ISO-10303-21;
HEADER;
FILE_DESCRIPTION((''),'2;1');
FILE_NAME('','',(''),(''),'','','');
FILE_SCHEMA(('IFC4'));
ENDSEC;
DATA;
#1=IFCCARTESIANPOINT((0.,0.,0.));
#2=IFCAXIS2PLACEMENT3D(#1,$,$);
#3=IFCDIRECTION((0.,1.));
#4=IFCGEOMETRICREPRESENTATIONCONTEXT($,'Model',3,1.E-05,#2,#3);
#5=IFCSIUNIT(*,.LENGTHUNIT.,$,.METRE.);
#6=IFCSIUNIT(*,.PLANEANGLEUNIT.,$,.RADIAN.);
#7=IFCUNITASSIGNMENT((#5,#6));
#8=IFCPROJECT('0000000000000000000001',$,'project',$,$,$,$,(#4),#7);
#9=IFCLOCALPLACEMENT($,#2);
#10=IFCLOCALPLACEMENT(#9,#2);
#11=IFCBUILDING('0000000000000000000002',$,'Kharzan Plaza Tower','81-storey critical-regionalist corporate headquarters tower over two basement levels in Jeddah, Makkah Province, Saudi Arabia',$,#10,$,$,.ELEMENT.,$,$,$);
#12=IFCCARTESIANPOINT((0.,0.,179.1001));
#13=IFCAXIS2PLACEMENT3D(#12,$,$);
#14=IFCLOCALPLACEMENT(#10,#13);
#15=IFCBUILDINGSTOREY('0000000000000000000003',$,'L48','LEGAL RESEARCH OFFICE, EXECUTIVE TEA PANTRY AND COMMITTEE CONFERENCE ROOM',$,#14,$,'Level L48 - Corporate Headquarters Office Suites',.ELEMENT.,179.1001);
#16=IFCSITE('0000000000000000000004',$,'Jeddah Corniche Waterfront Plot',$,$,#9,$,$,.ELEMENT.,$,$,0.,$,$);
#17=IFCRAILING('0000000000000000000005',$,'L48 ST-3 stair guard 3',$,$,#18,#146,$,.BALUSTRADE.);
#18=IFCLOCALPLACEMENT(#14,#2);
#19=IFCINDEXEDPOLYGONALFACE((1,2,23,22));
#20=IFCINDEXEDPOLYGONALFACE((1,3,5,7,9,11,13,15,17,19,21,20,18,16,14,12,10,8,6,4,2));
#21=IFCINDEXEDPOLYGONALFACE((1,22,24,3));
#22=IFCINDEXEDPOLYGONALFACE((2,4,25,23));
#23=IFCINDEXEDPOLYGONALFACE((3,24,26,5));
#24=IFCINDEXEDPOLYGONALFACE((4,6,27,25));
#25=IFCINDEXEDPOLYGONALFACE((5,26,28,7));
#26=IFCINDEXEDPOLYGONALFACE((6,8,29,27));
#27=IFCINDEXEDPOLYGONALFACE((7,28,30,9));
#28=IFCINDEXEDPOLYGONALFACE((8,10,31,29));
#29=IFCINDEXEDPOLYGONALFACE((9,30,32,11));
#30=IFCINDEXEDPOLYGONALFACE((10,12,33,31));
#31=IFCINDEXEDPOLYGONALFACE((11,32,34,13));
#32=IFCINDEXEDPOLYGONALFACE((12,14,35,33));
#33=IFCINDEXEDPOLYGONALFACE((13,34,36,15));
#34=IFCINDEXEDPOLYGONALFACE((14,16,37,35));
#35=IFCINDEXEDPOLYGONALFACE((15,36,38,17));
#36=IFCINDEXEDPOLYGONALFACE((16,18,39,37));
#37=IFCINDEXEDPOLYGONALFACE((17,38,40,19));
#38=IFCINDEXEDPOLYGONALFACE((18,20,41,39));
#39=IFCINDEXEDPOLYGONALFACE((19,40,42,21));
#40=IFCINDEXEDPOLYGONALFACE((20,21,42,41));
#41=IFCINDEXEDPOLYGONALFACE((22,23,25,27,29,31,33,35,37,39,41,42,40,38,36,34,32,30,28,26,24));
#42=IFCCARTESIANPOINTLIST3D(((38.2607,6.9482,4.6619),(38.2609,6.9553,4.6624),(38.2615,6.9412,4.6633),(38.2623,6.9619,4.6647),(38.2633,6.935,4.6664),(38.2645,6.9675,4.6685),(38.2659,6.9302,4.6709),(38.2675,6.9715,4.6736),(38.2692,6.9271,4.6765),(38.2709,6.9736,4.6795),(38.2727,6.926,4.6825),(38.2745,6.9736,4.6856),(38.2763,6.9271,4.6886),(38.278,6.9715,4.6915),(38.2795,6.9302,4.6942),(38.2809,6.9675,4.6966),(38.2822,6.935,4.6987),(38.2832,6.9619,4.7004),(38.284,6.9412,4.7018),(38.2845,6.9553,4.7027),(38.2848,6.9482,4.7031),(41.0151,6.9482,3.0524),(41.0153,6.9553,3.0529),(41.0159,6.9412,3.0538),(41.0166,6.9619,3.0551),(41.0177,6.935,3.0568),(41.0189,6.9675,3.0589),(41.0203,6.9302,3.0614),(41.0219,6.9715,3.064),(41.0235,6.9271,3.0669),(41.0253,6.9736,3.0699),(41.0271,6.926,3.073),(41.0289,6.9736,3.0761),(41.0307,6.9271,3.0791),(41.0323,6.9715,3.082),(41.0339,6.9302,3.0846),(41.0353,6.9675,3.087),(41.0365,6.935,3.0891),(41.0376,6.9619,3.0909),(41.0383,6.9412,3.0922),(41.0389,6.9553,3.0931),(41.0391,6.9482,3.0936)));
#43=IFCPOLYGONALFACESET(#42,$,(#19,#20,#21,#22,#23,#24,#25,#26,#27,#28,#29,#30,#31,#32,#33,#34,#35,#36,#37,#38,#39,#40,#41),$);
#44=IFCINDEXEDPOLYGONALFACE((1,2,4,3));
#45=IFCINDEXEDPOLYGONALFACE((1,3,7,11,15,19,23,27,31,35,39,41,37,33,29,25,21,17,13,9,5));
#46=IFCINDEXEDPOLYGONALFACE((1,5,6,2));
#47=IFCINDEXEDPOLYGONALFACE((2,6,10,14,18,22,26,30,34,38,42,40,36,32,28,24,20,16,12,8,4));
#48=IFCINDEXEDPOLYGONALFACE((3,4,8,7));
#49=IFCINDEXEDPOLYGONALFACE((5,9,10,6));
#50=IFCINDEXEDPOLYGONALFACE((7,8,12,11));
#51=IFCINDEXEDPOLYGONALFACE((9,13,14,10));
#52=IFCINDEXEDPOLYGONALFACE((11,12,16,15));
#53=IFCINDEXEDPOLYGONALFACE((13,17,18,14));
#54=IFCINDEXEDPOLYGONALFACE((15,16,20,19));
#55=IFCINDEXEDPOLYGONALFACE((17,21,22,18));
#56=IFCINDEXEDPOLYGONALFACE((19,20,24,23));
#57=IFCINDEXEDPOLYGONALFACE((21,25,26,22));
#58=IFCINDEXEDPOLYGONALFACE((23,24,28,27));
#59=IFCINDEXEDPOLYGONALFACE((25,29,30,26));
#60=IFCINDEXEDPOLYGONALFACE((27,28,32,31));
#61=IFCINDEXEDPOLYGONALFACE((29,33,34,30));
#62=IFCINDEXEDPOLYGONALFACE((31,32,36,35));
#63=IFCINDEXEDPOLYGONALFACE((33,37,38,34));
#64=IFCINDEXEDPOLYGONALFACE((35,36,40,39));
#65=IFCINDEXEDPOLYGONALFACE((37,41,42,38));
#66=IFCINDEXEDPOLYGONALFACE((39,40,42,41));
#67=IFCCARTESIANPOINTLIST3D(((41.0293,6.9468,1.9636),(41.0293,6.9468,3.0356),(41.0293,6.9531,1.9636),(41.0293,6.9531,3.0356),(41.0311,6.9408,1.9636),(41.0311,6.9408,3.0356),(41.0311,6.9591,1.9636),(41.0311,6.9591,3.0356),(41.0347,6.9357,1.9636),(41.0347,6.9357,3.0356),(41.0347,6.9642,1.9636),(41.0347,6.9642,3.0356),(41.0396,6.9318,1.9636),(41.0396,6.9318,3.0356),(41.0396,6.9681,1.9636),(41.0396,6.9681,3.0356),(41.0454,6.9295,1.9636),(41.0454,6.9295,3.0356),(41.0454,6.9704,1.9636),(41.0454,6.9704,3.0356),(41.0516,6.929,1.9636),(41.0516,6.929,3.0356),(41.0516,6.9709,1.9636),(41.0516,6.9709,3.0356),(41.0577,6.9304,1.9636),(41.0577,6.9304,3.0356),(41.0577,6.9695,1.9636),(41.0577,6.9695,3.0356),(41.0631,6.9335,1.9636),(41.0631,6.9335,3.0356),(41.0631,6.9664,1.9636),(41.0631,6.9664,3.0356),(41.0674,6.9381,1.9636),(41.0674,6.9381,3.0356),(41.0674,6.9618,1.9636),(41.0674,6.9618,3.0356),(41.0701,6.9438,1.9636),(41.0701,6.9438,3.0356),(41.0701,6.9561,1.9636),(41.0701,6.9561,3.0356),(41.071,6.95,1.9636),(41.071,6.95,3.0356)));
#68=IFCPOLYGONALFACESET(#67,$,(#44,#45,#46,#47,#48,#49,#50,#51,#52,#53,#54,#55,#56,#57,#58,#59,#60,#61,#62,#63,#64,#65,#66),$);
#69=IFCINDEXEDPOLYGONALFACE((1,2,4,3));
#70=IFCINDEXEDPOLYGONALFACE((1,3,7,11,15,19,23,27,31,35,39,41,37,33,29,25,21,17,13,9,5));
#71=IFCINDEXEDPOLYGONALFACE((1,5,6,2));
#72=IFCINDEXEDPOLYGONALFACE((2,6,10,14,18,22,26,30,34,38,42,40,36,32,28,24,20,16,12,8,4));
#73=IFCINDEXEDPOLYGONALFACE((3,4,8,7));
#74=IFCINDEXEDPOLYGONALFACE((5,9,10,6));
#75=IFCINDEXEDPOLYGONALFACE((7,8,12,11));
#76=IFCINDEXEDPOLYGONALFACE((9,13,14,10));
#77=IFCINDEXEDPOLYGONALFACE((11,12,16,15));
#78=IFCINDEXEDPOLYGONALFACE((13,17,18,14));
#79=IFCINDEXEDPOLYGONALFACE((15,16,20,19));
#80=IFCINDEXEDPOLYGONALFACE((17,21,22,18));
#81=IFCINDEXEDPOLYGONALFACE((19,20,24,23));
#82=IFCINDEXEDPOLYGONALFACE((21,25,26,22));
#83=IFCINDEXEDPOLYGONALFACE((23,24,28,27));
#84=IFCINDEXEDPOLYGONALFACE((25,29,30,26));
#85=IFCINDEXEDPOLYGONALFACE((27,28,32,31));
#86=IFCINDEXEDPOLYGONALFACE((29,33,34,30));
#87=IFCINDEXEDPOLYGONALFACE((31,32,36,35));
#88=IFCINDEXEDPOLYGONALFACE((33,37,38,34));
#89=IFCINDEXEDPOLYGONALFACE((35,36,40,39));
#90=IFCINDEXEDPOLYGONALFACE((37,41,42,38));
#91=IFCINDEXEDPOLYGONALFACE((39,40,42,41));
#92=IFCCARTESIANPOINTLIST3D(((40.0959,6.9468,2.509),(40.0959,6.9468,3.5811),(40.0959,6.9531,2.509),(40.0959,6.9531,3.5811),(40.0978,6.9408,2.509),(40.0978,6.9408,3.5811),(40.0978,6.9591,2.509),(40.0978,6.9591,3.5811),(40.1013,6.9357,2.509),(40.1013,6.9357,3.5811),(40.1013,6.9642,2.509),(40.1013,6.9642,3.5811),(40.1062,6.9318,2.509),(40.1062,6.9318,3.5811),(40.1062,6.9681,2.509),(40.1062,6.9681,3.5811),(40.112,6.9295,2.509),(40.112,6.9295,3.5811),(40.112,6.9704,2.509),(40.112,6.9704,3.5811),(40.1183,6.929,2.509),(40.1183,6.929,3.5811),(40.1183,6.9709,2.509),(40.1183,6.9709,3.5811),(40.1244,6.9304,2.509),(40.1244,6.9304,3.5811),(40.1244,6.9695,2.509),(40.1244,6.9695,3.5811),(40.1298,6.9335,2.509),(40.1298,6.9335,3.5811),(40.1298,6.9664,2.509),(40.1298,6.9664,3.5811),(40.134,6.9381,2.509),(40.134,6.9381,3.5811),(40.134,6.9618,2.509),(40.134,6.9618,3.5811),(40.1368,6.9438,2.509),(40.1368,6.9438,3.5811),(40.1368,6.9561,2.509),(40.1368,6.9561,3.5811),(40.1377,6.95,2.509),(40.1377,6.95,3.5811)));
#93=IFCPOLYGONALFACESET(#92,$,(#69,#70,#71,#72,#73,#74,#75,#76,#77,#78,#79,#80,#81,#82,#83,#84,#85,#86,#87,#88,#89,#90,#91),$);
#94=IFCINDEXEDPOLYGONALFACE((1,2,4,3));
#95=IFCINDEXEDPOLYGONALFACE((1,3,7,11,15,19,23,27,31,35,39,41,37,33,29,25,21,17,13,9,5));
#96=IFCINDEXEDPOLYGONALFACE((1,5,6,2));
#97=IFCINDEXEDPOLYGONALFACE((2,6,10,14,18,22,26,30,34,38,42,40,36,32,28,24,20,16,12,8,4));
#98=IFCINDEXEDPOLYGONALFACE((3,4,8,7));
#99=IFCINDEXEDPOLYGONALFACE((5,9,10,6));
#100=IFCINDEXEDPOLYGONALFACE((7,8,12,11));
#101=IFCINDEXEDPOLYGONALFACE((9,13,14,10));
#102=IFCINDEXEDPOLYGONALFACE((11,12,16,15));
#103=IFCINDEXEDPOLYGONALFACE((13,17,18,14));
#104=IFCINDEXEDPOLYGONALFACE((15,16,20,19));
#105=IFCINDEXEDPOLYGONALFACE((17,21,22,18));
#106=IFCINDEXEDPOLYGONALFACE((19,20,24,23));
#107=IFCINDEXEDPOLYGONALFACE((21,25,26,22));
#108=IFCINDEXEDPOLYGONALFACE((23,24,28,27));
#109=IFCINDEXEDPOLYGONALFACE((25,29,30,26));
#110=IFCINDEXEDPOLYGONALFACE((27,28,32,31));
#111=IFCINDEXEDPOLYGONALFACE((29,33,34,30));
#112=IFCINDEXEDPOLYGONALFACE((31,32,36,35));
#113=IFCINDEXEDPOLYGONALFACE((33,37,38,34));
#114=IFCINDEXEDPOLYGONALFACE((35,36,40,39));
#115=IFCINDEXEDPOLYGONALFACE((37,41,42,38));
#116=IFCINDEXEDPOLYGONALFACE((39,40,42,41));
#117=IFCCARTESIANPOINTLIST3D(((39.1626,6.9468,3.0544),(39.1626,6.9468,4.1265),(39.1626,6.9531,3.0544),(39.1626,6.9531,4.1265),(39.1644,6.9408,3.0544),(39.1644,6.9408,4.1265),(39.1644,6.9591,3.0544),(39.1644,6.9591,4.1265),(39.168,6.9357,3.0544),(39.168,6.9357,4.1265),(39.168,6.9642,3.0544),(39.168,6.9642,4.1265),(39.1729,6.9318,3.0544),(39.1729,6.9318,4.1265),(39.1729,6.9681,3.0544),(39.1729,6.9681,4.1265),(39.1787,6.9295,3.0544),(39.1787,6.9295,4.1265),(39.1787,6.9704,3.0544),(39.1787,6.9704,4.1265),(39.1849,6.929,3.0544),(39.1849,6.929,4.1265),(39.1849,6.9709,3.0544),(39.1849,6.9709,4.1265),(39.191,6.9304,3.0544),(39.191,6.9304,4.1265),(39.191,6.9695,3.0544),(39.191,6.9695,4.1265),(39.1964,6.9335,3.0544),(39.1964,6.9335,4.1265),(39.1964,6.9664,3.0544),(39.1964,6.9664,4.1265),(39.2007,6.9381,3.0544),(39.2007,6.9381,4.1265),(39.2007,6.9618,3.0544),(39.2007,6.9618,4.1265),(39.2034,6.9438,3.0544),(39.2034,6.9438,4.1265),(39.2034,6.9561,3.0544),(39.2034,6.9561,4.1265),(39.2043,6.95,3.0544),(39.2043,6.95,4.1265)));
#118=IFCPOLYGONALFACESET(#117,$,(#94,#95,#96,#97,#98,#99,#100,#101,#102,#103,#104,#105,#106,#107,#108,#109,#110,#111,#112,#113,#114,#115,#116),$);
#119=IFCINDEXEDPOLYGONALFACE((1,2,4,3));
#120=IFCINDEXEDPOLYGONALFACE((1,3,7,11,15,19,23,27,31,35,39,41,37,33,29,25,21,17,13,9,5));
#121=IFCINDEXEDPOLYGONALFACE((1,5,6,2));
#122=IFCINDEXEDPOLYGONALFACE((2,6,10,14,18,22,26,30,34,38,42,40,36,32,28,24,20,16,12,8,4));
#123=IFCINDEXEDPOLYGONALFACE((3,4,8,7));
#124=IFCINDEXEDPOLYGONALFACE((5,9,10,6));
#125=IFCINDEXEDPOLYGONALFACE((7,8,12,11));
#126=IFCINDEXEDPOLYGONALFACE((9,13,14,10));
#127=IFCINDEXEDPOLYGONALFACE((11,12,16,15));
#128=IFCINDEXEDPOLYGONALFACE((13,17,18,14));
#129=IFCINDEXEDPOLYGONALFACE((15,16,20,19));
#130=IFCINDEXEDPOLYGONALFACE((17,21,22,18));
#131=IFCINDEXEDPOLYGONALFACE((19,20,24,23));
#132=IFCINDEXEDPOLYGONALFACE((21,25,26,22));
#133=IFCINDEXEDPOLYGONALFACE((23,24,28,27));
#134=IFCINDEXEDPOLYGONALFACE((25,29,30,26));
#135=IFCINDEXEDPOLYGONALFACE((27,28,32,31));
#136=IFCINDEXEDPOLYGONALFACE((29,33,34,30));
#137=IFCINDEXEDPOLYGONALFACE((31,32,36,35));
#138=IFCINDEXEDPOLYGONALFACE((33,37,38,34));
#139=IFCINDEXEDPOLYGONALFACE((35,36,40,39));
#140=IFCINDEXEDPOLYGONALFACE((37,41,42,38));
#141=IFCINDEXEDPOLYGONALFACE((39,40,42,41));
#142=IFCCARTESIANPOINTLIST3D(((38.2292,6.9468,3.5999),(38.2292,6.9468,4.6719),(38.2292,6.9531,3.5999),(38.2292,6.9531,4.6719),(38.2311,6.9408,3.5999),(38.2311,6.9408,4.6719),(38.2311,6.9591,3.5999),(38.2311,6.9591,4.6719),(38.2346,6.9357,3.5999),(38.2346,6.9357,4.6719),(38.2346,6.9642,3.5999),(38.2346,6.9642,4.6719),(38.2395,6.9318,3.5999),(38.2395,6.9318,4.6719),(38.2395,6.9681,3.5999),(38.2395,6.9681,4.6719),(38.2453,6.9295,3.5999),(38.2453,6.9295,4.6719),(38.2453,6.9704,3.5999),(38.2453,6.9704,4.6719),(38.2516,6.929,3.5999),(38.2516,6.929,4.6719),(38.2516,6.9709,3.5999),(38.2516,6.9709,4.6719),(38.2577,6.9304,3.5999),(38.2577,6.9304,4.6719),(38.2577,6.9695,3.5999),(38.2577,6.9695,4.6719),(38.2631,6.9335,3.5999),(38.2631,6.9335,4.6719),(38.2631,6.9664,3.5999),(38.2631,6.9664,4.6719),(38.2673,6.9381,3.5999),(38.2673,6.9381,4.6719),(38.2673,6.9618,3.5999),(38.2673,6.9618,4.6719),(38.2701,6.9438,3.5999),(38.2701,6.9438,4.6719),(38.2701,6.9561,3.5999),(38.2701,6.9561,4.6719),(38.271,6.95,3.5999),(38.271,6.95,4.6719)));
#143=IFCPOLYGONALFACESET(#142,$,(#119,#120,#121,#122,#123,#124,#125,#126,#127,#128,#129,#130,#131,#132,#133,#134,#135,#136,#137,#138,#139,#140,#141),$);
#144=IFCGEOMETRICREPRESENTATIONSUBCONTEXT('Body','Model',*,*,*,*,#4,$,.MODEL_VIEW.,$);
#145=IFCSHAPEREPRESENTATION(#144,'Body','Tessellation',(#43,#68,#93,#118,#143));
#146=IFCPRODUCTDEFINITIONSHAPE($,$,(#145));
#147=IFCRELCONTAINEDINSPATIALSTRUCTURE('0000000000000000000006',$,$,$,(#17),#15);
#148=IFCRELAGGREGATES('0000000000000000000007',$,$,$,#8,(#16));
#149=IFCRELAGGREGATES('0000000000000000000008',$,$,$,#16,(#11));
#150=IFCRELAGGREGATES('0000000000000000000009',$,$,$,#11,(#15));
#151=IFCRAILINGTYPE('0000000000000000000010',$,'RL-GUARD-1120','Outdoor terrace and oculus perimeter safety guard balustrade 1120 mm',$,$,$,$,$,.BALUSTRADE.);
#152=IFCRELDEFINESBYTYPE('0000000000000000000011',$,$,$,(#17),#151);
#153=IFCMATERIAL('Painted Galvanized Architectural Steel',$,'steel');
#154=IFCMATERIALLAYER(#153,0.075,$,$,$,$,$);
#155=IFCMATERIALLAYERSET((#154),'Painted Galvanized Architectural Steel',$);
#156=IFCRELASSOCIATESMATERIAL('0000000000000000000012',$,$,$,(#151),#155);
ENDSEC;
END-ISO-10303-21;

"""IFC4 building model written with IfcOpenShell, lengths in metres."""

from ifc_helpers import new_model, si_unit, direction, frame, origin, origin_2d, place, context, subcontext, project, spatial, circle, extrude, source, transform, mapped, material, layer, layer_set, type_object, element, save


model = new_model("IFC4")

# Units and contexts
model_context = context("Model", 3, precision=1e-05, world=origin(), true_north=direction((0.0, 1.0)))
body_context = subcontext(model_context, "Body", "Model", "MODEL_VIEW")
ifc_project = project(units=[si_unit("LENGTHUNIT", "METRE"), si_unit("PLANEANGLEUNIT", "RADIAN")], contexts=[model_context])

# Site, building, storey
site_placement = place(None, origin())
site = spatial("IfcSite", under=ifc_project, at=site_placement, Name="Jeddah Corniche Waterfront Plot", CompositionType="ELEMENT", RefElevation=0.0)
building_placement = place(site_placement, origin())
building = spatial("IfcBuilding", under=site, at=building_placement, Name="Kharzan Plaza Tower", Description="81-storey critical-regionalist corporate headquarters tower over two basement levels in Jeddah, Makkah Province, Saudi Arabia", CompositionType="ELEMENT")
storey_placement = place(building_placement, frame((0.0, 0.0, 179.1001)))
storey = spatial("IfcBuildingStorey", under=building, at=storey_placement, Name="L48", Description="LEGAL RESEARCH OFFICE, EXECUTIVE TEA PANTRY AND COMMITTEE CONFERENCE ROOM", LongName="Level L48 - Corporate Headquarters Office Suites", CompositionType="ELEMENT", Elevation=179.1001)

# Railing
ifc_material_1 = material(Name="Painted Galvanized Architectural Steel", Category="steel")
ifc_layer_1 = layer(ifc_material_1, 0.075)
ifc_layer_set_1 = layer_set([ifc_layer_1], Name="Painted Galvanized Architectural Steel")
railing_type_1 = type_object("IfcRailingType", Name="RL-GUARD-1120", Description="Outdoor terrace and oculus perimeter safety guard balustrade 1120 mm", PredefinedType="BALUSTRADE", material=ifc_layer_set_1)
shared_shape_1 = source(origin(), body_context, "Body", "SweptSolid", [
    extrude(circle(Radius=0.0239, at=origin_2d()), frame((-0.0229, 0.0, 1.1094), z_axis=(-0.863394, 0.0, 0.504531), x_axis=(0.0, -1.0, 0.0)), (0.0, 0.0, 1.0), 3.1902),
    extrude(circle(Radius=0.021, at=origin_2d()), origin(), (0.0, 0.0, 1.0), 1.072),
    extrude(circle(Radius=0.021, at=origin_2d()), frame((-0.9333, 0.0, 0.5454)), (0.0, 0.0, 1.0), 1.072),
    extrude(circle(Radius=0.021, at=origin_2d()), frame((-1.8667, 0.0, 1.0908)), (0.0, 0.0, 1.0), 1.072),
    extrude(circle(Radius=0.021, at=origin_2d()), frame((-2.8, 0.0, 1.6362)), (0.0, 0.0, 1.0), 1.072),
])
railing_1_placement = place(storey_placement, frame((41.05, 6.95, 1.9636)))
element("IfcRailing", 1, at=railing_1_placement, inside=storey, type_object=railing_type_1, Name="L48 ST-3 stair guard 3", PredefinedType="BALUSTRADE", context=body_context, shape_type="MappedRepresentation", body=[
    mapped(shared_shape_1, transform((0.0, 0.0, 0.0), x_axis=(1.0, 0.0, 0.0), y_axis=(0.0, 1.0, 0.0), z_axis=(0.0, 0.0, 1.0))),
])

save(model, "model.ifc")
